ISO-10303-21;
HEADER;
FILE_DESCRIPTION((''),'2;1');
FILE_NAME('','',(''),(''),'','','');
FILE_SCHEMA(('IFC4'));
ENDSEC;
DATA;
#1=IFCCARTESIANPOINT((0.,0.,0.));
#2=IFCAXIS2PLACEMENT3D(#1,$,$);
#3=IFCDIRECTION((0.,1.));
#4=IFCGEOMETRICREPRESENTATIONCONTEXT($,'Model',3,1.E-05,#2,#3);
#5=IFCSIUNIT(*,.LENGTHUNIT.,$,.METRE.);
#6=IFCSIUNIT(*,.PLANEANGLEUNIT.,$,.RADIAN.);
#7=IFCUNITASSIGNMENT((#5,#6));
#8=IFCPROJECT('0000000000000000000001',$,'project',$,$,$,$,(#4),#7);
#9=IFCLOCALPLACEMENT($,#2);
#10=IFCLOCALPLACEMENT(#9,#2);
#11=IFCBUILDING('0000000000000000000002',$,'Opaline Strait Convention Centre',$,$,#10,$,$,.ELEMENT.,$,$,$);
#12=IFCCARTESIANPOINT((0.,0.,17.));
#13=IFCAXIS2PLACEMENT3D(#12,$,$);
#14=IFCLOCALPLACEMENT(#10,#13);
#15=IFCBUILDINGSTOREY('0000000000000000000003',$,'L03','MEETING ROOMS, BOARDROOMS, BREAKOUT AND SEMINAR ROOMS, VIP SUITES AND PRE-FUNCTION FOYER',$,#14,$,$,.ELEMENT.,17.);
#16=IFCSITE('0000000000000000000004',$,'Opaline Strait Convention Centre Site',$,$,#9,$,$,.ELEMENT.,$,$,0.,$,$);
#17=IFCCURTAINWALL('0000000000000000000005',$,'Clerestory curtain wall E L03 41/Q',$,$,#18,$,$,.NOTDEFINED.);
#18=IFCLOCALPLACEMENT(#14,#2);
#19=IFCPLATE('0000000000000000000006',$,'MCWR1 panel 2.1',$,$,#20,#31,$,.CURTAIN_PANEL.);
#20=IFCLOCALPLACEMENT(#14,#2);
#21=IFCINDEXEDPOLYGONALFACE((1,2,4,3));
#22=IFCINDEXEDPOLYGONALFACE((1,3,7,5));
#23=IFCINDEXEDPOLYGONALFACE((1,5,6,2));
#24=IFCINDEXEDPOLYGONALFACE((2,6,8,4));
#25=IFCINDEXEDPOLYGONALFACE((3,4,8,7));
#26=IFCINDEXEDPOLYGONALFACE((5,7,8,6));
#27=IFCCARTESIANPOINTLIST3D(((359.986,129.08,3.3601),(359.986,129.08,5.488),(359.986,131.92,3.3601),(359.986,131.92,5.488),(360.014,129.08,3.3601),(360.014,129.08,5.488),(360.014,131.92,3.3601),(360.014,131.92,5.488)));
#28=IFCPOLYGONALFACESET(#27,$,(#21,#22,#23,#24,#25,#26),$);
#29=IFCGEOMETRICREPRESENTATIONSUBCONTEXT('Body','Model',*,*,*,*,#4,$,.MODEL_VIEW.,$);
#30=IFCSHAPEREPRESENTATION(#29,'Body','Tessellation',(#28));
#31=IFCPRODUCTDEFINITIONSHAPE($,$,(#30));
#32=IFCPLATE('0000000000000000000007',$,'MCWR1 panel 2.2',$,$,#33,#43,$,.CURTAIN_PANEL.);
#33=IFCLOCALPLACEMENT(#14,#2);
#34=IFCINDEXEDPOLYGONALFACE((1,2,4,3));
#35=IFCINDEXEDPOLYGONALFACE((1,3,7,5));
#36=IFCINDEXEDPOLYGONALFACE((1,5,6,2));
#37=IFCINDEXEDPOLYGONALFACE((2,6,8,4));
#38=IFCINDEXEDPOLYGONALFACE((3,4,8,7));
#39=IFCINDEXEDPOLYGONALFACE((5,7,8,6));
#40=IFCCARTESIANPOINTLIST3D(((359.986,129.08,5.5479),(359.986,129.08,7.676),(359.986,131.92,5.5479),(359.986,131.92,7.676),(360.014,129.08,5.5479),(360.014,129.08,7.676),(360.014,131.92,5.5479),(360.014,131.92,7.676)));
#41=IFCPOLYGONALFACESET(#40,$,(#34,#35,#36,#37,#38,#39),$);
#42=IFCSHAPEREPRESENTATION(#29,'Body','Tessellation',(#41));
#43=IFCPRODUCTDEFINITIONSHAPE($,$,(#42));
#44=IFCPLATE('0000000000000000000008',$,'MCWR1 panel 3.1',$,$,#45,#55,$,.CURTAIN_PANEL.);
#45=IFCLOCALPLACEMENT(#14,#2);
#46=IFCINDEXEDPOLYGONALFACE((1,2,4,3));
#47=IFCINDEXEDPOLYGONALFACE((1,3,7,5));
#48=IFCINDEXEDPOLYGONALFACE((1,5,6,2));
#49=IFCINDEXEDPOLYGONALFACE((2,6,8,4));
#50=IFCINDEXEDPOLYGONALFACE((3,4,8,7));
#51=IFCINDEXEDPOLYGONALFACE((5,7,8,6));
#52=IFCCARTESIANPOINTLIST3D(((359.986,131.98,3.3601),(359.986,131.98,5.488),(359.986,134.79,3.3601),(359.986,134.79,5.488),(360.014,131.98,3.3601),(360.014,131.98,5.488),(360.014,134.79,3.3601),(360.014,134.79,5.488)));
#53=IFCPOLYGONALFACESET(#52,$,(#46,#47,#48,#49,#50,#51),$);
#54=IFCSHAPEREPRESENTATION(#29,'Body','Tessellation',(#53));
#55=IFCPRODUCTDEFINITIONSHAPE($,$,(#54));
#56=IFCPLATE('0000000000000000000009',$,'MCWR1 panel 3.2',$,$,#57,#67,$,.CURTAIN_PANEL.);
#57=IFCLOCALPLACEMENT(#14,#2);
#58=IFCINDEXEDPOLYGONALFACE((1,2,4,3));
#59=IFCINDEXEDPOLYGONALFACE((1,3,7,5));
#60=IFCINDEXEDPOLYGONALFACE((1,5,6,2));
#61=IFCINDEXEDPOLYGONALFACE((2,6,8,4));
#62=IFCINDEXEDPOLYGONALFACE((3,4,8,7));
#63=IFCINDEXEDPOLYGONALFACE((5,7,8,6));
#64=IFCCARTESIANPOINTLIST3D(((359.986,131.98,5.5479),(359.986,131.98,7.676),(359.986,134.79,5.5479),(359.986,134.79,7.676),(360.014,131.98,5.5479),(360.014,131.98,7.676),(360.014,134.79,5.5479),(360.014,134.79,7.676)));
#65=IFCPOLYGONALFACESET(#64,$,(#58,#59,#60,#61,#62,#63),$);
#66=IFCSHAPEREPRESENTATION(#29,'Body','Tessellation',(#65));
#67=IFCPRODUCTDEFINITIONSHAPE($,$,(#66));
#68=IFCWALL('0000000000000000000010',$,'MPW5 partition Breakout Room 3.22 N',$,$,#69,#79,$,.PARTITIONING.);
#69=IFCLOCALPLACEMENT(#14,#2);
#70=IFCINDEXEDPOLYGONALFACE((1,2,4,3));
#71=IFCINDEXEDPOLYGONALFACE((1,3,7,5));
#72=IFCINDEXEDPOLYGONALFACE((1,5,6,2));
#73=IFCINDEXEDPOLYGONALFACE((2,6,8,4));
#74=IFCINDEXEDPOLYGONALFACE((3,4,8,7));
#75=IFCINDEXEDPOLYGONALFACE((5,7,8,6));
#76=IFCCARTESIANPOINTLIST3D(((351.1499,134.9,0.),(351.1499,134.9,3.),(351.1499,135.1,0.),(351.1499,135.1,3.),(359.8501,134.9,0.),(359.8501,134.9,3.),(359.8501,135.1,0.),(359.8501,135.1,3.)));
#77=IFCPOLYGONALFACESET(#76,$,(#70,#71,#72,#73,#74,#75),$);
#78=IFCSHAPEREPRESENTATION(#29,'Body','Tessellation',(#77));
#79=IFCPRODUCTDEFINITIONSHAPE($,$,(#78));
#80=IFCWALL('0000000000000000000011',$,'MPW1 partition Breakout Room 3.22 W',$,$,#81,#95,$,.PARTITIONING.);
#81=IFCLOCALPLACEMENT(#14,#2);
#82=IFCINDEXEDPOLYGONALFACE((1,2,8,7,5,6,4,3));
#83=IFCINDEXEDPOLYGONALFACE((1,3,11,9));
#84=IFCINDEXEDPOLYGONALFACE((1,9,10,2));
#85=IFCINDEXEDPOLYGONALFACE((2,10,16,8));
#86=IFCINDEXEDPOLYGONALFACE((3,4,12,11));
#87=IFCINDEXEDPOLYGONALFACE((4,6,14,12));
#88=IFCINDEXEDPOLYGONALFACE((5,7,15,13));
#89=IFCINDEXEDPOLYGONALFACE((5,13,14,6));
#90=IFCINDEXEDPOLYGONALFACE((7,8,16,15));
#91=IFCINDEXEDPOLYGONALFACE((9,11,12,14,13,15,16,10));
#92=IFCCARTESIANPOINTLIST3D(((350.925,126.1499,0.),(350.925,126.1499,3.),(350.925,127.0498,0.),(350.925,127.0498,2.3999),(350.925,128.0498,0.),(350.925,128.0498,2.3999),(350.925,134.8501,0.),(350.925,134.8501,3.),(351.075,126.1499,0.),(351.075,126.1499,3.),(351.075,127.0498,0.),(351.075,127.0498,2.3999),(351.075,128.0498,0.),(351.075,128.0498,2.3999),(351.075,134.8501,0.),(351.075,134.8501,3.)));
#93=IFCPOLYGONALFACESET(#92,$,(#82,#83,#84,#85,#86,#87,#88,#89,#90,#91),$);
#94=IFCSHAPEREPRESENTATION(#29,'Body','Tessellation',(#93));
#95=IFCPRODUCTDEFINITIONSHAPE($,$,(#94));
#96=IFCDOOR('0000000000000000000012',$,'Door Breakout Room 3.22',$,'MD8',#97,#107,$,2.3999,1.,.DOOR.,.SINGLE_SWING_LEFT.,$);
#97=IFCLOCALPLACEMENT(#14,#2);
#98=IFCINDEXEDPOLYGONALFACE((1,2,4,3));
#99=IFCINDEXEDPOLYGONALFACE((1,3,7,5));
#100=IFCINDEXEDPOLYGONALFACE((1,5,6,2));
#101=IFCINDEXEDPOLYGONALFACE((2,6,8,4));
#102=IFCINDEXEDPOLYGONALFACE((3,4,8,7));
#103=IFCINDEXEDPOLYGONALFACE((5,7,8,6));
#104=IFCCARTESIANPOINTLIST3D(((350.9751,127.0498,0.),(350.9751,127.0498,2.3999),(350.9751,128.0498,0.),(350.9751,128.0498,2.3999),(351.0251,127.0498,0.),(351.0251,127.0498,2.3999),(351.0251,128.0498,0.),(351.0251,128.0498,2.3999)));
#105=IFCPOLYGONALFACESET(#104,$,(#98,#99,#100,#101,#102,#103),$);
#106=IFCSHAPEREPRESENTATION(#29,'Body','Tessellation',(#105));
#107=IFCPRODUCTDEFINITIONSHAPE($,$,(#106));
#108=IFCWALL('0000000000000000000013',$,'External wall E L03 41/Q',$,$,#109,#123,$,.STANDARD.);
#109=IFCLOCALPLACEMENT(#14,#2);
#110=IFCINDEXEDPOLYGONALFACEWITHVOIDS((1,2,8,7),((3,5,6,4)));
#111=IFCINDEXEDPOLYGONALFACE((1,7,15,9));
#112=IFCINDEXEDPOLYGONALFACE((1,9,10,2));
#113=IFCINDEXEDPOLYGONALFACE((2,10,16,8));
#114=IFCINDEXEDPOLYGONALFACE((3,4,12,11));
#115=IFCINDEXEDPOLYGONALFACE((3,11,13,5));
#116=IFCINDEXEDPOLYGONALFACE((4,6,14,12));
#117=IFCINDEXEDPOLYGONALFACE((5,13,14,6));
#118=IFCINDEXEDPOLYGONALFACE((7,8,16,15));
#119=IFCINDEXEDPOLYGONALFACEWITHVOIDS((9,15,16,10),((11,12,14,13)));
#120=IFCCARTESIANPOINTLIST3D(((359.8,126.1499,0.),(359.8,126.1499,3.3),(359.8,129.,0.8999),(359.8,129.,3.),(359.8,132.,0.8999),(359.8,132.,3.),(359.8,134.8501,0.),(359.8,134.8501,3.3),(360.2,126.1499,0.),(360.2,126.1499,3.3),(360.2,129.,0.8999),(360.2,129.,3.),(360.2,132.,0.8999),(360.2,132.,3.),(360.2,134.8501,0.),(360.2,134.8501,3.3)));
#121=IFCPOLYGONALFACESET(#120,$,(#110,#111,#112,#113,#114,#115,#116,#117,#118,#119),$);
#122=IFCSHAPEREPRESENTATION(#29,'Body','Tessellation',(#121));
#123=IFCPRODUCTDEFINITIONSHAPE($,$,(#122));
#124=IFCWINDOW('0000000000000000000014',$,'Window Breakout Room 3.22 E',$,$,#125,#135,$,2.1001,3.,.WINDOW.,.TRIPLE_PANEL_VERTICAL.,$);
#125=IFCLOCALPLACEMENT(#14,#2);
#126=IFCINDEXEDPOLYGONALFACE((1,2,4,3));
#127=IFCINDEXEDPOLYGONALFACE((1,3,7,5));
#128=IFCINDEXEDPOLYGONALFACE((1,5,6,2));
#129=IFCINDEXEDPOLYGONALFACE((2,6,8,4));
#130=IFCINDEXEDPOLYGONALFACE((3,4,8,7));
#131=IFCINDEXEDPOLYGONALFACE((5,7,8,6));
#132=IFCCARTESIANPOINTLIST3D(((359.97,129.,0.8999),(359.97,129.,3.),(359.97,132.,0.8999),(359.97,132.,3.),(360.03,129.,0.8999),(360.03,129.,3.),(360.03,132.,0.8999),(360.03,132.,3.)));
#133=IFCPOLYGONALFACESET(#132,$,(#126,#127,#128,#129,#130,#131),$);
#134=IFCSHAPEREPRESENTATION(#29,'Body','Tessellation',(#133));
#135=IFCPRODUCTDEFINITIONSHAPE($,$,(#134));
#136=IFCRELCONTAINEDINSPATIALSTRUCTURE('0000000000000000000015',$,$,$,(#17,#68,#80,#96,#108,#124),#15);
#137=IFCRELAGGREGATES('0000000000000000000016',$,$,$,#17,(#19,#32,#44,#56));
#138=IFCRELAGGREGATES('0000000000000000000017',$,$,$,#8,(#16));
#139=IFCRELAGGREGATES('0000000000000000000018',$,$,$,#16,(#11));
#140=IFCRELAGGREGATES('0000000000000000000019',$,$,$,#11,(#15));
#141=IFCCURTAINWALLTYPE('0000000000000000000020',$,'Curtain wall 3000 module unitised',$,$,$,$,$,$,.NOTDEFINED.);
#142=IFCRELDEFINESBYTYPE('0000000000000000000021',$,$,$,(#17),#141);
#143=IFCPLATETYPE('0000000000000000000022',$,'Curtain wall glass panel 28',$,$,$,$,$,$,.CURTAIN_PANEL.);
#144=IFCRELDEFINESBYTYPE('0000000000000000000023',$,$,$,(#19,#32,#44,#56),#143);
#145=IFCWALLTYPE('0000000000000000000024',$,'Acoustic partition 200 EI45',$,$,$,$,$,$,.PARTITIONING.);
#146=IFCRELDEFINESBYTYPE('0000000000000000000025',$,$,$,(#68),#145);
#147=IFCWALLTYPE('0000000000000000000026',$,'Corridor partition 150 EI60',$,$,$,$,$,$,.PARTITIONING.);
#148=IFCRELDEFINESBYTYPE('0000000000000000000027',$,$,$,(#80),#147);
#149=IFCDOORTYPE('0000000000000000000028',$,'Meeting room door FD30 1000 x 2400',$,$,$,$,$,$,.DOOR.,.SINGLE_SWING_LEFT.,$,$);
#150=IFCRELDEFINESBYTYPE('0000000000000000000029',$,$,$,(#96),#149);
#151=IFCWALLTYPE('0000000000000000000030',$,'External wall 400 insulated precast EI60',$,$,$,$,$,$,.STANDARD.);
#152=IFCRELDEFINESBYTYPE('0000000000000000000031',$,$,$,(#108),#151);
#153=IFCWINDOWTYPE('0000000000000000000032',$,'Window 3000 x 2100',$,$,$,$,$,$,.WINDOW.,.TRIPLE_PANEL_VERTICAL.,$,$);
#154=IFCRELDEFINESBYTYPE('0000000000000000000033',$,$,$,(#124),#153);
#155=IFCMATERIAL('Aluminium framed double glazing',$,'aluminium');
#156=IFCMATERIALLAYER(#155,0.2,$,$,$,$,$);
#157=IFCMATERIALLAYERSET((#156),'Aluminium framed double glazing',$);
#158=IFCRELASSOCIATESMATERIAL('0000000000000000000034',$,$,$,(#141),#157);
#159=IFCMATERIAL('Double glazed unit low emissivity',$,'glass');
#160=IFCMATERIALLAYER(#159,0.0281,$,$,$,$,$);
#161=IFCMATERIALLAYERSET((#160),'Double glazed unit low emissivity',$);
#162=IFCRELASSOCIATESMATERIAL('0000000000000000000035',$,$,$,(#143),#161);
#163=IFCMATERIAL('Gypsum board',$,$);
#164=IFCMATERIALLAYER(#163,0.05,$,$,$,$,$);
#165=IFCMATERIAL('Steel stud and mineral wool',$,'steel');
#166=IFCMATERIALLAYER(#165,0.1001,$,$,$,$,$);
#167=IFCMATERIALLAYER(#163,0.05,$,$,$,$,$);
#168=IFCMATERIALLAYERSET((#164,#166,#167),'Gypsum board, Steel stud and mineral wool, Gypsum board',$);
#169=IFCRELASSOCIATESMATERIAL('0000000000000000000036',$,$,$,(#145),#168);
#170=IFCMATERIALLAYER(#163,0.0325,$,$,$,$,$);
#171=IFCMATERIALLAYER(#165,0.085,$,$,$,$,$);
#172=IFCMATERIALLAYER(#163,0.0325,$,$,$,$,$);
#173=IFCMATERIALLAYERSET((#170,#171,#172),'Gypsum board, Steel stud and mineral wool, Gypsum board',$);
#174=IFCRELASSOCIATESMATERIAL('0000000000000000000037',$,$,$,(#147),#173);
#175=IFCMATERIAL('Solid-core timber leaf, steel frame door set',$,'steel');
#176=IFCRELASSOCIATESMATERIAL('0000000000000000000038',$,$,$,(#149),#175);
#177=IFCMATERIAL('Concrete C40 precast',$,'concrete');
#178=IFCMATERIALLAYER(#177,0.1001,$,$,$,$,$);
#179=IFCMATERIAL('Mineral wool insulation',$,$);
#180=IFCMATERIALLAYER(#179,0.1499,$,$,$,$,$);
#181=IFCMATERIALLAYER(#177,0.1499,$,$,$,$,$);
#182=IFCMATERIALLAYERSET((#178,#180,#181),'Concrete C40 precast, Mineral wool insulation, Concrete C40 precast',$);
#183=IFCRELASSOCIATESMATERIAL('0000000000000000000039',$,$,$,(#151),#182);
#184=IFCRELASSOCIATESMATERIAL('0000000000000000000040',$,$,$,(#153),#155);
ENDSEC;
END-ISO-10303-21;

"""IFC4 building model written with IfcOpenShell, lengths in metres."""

from ifc_helpers import new_model, si_unit, direction, frame, frame_2d, origin, origin_2d, place, context, subcontext, project, spatial, rectangle, extrude, material, layer, layer_set, type_object, element, fill, aggregate, save


model = new_model("IFC4")

# Units and contexts
model_context = context("Model", 3, precision=1e-05, world=origin(), true_north=direction((0.0, 1.0)))
body_context = subcontext(model_context, "Body", "Model", "MODEL_VIEW")
ifc_project = project(units=[si_unit("LENGTHUNIT", "METRE"), si_unit("PLANEANGLEUNIT", "RADIAN")], contexts=[model_context])

# Site, building, storey
site_placement = place(None, origin())
site = spatial("IfcSite", under=ifc_project, at=site_placement, Name="Opaline Strait Convention Centre Site", CompositionType="ELEMENT", RefElevation=0.0)
building_placement = place(site_placement, origin())
building = spatial("IfcBuilding", under=site, at=building_placement, Name="Opaline Strait Convention Centre", CompositionType="ELEMENT")
storey_placement = place(building_placement, frame((0.0, 0.0, 17.0)))
storey = spatial("IfcBuildingStorey", under=building, at=storey_placement, Name="L03", Description="MEETING ROOMS, BOARDROOMS, BREAKOUT AND SEMINAR ROOMS, VIP SUITES AND PRE-FUNCTION FOYER", CompositionType="ELEMENT", Elevation=17.0)

# Curtain wall
ifc_material_1 = material(Name="Aluminium framed double glazing", Category="aluminium")
ifc_layer_1 = layer(ifc_material_1, 0.2)
ifc_layer_set_1 = layer_set([ifc_layer_1], Name="Aluminium framed double glazing")
curtain_wall_type = type_object("IfcCurtainWallType", Name="Curtain wall 3000 module unitised", PredefinedType="NOTDEFINED", material=ifc_layer_set_1)
curtain_wall_placement = place(storey_placement, origin())
curtain_wall = element("IfcCurtainWall", 1, at=curtain_wall_placement, inside=storey, type_object=curtain_wall_type, Name="Clerestory curtain wall E L03 41/Q", PredefinedType="NOTDEFINED")

# Plates
ifc_material_2 = material(Name="Double glazed unit low emissivity", Category="glass")
ifc_layer_2 = layer(ifc_material_2, 0.0281)
ifc_layer_set_2 = layer_set([ifc_layer_2], Name="Double glazed unit low emissivity")
plate_type = type_object("IfcPlateType", Name="Curtain wall glass panel 28", PredefinedType="CURTAIN_PANEL", material=ifc_layer_set_2)
plate_1_placement = place(storey_placement, frame((360.0, 130.5, 3.3601), z_axis=(0.0, 0.0, 1.0), x_axis=(0.0, 1.0, 0.0)))
plate_1 = element("IfcPlate", 2, at=plate_1_placement, type_object=plate_type, Name="MCWR1 panel 2.1", PredefinedType="CURTAIN_PANEL", context=body_context, shape_type="SweptSolid", body=[
    extrude(rectangle(XDim=2.8401, YDim=0.0281, at=origin_2d()), origin(), (0.0, 0.0, 1.0), 2.1279),
])
plate_2_placement = place(storey_placement, frame((360.0, 130.5, 5.5479), z_axis=(0.0, 0.0, 1.0), x_axis=(0.0, 1.0, 0.0)))
plate_2 = element("IfcPlate", 3, at=plate_2_placement, type_object=plate_type, Name="MCWR1 panel 2.2", PredefinedType="CURTAIN_PANEL", context=body_context, shape_type="SweptSolid", body=[
    extrude(rectangle(XDim=2.8401, YDim=0.0281, at=origin_2d()), origin(), (0.0, 0.0, 1.0), 2.1282),
])
plate_3_placement = place(storey_placement, frame((360.0, 133.385, 3.3601), z_axis=(0.0, 0.0, 1.0), x_axis=(0.0, 1.0, 0.0)))
plate_3 = element("IfcPlate", 4, at=plate_3_placement, type_object=plate_type, Name="MCWR1 panel 3.1", PredefinedType="CURTAIN_PANEL", context=body_context, shape_type="SweptSolid", body=[
    extrude(rectangle(XDim=2.8101, YDim=0.0281, at=origin_2d()), origin(), (0.0, 0.0, 1.0), 2.1279),
])
plate_4_placement = place(storey_placement, frame((360.0, 133.385, 5.5479), z_axis=(0.0, 0.0, 1.0), x_axis=(0.0, 1.0, 0.0)))
plate_4 = element("IfcPlate", 5, at=plate_4_placement, type_object=plate_type, Name="MCWR1 panel 3.2", PredefinedType="CURTAIN_PANEL", context=body_context, shape_type="SweptSolid", body=[
    extrude(rectangle(XDim=2.8101, YDim=0.0281, at=origin_2d()), origin(), (0.0, 0.0, 1.0), 2.1282),
])
aggregate(curtain_wall, [plate_1, plate_2, plate_3, plate_4])

# Wall
ifc_material_3 = material(Name="Gypsum board")
ifc_layer_3 = layer(ifc_material_3, 0.05)
ifc_material_4 = material(Name="Steel stud and mineral wool", Category="steel")
ifc_layer_4 = layer(ifc_material_4, 0.1001)
ifc_layer_5 = layer(ifc_material_3, 0.05)
ifc_layer_set_3 = layer_set([ifc_layer_3, ifc_layer_4, ifc_layer_5], Name="Gypsum board, Steel stud and mineral wool, Gypsum board")
wall_type_1 = type_object("IfcWallType", Name="Acoustic partition 200 EI45", PredefinedType="PARTITIONING", material=ifc_layer_set_3)
wall_1_placement = place(storey_placement, frame((351.1499, 135.0, 0.0), z_axis=(0.0, 0.0, 1.0), x_axis=(1.0, 0.0, 0.0)))
element("IfcWall", 6, at=wall_1_placement, inside=storey, type_object=wall_type_1, Name="MPW5 partition Breakout Room 3.22 N", PredefinedType="PARTITIONING", context=body_context, shape_type="SweptSolid", body=[
    extrude(rectangle(XDim=8.7002, YDim=0.2, at=frame_2d((4.3501, 0.0))), origin(), (0.0, 0.0, 1.0), 3.0),
])

# Wall, opening, door
ifc_layer_6 = layer(ifc_material_3, 0.0325)
ifc_layer_7 = layer(ifc_material_4, 0.085)
ifc_layer_8 = layer(ifc_material_3, 0.0325)
ifc_layer_set_4 = layer_set([ifc_layer_6, ifc_layer_7, ifc_layer_8], Name="Gypsum board, Steel stud and mineral wool, Gypsum board")
wall_type_2 = type_object("IfcWallType", Name="Corridor partition 150 EI60", PredefinedType="PARTITIONING", material=ifc_layer_set_4)
wall_2_placement = place(storey_placement, frame((351.0, 126.1499, 0.0), z_axis=(0.0, 0.0, 1.0), x_axis=(0.0, 1.0, 0.0)))
wall_2 = element("IfcWall", 7, at=wall_2_placement, inside=storey, type_object=wall_type_2, Name="MPW1 partition Breakout Room 3.22 W", PredefinedType="PARTITIONING", context=body_context, shape_type="SweptSolid", body=[
    extrude(rectangle(XDim=8.7002, YDim=0.1499, at=frame_2d((4.3501, 0.0))), origin(), (0.0, 0.0, 1.0), 3.0),
])
opening_1_placement = place(wall_2_placement, frame((0.8999, 0.0, 0.0)))
opening_1 = element("IfcOpeningElement", 8, at=opening_1_placement, cuts=wall_2, PredefinedType="OPENING", context=body_context, shape_type="SweptSolid", body=[
    extrude(rectangle(XDim=1.0, YDim=2.3999, at=frame_2d((0.5, 1.2))), frame((0.0, 0.085, 0.0), z_axis=(0.0, -1.0, 0.0), x_axis=(1.0, 0.0, 0.0)), (0.0, 0.0, 1.0), 0.1699),
])
ifc_material_5 = material(Name="Solid-core timber leaf, steel frame door set", Category="steel")
door_type_1 = type_object("IfcDoorType", Name="Meeting room door FD30 1000 x 2400", OperationType="SINGLE_SWING_LEFT", PredefinedType="DOOR", material=ifc_material_5)
door_1_placement = place(opening_1_placement, origin())
door_1 = element("IfcDoor", 9, at=door_1_placement, inside=storey, type_object=door_type_1, Name="Door Breakout Room 3.22", ObjectType="MD8", OperationType="SINGLE_SWING_LEFT", OverallHeight=2.3999, OverallWidth=1.0, PredefinedType="DOOR", context=body_context, shape_type="SweptSolid", body=[
    extrude(rectangle(XDim=1.0, YDim=2.3999, at=frame_2d((0.5, 1.2))), frame((0.0, 0.0249, 0.0), z_axis=(0.0, -1.0, 0.0), x_axis=(1.0, 0.0, 0.0)), (0.0, 0.0, 1.0), 0.05),
])
fill(opening_1, door_1)

# Wall, opening, window
ifc_material_6 = material(Name="Concrete C40 precast", Category="concrete")
ifc_layer_9 = layer(ifc_material_6, 0.1001)
ifc_material_7 = material(Name="Mineral wool insulation")
ifc_layer_10 = layer(ifc_material_7, 0.1499)
ifc_layer_11 = layer(ifc_material_6, 0.1499)
ifc_layer_set_5 = layer_set([ifc_layer_9, ifc_layer_10, ifc_layer_11], Name="Concrete C40 precast, Mineral wool insulation, Concrete C40 precast")
wall_type_3 = type_object("IfcWallType", Name="External wall 400 insulated precast EI60", PredefinedType="STANDARD", material=ifc_layer_set_5)
wall_3_placement = place(storey_placement, frame((360.0, 126.1499, 0.0), z_axis=(0.0, 0.0, 1.0), x_axis=(0.0, 1.0, 0.0)))
wall_3 = element("IfcWall", 10, at=wall_3_placement, inside=storey, type_object=wall_type_3, Name="External wall E L03 41/Q", PredefinedType="STANDARD", context=body_context, shape_type="SweptSolid", body=[
    extrude(rectangle(XDim=8.7002, YDim=0.3999, at=frame_2d((4.3501, 0.0))), origin(), (0.0, 0.0, 1.0), 3.3),
])
opening_2_placement = place(wall_3_placement, frame((2.8501, 0.0, 0.8999)))
opening_2 = element("IfcOpeningElement", 11, at=opening_2_placement, cuts=wall_3, PredefinedType="OPENING", context=body_context, shape_type="SweptSolid", body=[
    extrude(rectangle(XDim=3.0, YDim=2.1001, at=frame_2d((1.5, 1.05))), frame((0.0, 0.21, 0.0), z_axis=(0.0, -1.0, 0.0), x_axis=(1.0, 0.0, 0.0)), (0.0, 0.0, 1.0), 0.4199),
])
window_type = type_object("IfcWindowType", Name="Window 3000 x 2100", PartitioningType="TRIPLE_PANEL_VERTICAL", PredefinedType="WINDOW", material=ifc_material_1)
window_placement = place(opening_2_placement, origin())
window = element("IfcWindow", 12, at=window_placement, inside=storey, type_object=window_type, Name="Window Breakout Room 3.22 E", OverallHeight=2.1001, OverallWidth=3.0, PartitioningType="TRIPLE_PANEL_VERTICAL", PredefinedType="WINDOW", context=body_context, shape_type="SweptSolid", body=[
    extrude(rectangle(XDim=3.0, YDim=2.1001, at=frame_2d((1.5, 1.05))), frame((0.0, 0.03, 0.0), z_axis=(0.0, -1.0, 0.0), x_axis=(1.0, 0.0, 0.0)), (0.0, 0.0, 1.0), 0.0601),
])
fill(opening_2, window)

save(model, "model.ifc")
